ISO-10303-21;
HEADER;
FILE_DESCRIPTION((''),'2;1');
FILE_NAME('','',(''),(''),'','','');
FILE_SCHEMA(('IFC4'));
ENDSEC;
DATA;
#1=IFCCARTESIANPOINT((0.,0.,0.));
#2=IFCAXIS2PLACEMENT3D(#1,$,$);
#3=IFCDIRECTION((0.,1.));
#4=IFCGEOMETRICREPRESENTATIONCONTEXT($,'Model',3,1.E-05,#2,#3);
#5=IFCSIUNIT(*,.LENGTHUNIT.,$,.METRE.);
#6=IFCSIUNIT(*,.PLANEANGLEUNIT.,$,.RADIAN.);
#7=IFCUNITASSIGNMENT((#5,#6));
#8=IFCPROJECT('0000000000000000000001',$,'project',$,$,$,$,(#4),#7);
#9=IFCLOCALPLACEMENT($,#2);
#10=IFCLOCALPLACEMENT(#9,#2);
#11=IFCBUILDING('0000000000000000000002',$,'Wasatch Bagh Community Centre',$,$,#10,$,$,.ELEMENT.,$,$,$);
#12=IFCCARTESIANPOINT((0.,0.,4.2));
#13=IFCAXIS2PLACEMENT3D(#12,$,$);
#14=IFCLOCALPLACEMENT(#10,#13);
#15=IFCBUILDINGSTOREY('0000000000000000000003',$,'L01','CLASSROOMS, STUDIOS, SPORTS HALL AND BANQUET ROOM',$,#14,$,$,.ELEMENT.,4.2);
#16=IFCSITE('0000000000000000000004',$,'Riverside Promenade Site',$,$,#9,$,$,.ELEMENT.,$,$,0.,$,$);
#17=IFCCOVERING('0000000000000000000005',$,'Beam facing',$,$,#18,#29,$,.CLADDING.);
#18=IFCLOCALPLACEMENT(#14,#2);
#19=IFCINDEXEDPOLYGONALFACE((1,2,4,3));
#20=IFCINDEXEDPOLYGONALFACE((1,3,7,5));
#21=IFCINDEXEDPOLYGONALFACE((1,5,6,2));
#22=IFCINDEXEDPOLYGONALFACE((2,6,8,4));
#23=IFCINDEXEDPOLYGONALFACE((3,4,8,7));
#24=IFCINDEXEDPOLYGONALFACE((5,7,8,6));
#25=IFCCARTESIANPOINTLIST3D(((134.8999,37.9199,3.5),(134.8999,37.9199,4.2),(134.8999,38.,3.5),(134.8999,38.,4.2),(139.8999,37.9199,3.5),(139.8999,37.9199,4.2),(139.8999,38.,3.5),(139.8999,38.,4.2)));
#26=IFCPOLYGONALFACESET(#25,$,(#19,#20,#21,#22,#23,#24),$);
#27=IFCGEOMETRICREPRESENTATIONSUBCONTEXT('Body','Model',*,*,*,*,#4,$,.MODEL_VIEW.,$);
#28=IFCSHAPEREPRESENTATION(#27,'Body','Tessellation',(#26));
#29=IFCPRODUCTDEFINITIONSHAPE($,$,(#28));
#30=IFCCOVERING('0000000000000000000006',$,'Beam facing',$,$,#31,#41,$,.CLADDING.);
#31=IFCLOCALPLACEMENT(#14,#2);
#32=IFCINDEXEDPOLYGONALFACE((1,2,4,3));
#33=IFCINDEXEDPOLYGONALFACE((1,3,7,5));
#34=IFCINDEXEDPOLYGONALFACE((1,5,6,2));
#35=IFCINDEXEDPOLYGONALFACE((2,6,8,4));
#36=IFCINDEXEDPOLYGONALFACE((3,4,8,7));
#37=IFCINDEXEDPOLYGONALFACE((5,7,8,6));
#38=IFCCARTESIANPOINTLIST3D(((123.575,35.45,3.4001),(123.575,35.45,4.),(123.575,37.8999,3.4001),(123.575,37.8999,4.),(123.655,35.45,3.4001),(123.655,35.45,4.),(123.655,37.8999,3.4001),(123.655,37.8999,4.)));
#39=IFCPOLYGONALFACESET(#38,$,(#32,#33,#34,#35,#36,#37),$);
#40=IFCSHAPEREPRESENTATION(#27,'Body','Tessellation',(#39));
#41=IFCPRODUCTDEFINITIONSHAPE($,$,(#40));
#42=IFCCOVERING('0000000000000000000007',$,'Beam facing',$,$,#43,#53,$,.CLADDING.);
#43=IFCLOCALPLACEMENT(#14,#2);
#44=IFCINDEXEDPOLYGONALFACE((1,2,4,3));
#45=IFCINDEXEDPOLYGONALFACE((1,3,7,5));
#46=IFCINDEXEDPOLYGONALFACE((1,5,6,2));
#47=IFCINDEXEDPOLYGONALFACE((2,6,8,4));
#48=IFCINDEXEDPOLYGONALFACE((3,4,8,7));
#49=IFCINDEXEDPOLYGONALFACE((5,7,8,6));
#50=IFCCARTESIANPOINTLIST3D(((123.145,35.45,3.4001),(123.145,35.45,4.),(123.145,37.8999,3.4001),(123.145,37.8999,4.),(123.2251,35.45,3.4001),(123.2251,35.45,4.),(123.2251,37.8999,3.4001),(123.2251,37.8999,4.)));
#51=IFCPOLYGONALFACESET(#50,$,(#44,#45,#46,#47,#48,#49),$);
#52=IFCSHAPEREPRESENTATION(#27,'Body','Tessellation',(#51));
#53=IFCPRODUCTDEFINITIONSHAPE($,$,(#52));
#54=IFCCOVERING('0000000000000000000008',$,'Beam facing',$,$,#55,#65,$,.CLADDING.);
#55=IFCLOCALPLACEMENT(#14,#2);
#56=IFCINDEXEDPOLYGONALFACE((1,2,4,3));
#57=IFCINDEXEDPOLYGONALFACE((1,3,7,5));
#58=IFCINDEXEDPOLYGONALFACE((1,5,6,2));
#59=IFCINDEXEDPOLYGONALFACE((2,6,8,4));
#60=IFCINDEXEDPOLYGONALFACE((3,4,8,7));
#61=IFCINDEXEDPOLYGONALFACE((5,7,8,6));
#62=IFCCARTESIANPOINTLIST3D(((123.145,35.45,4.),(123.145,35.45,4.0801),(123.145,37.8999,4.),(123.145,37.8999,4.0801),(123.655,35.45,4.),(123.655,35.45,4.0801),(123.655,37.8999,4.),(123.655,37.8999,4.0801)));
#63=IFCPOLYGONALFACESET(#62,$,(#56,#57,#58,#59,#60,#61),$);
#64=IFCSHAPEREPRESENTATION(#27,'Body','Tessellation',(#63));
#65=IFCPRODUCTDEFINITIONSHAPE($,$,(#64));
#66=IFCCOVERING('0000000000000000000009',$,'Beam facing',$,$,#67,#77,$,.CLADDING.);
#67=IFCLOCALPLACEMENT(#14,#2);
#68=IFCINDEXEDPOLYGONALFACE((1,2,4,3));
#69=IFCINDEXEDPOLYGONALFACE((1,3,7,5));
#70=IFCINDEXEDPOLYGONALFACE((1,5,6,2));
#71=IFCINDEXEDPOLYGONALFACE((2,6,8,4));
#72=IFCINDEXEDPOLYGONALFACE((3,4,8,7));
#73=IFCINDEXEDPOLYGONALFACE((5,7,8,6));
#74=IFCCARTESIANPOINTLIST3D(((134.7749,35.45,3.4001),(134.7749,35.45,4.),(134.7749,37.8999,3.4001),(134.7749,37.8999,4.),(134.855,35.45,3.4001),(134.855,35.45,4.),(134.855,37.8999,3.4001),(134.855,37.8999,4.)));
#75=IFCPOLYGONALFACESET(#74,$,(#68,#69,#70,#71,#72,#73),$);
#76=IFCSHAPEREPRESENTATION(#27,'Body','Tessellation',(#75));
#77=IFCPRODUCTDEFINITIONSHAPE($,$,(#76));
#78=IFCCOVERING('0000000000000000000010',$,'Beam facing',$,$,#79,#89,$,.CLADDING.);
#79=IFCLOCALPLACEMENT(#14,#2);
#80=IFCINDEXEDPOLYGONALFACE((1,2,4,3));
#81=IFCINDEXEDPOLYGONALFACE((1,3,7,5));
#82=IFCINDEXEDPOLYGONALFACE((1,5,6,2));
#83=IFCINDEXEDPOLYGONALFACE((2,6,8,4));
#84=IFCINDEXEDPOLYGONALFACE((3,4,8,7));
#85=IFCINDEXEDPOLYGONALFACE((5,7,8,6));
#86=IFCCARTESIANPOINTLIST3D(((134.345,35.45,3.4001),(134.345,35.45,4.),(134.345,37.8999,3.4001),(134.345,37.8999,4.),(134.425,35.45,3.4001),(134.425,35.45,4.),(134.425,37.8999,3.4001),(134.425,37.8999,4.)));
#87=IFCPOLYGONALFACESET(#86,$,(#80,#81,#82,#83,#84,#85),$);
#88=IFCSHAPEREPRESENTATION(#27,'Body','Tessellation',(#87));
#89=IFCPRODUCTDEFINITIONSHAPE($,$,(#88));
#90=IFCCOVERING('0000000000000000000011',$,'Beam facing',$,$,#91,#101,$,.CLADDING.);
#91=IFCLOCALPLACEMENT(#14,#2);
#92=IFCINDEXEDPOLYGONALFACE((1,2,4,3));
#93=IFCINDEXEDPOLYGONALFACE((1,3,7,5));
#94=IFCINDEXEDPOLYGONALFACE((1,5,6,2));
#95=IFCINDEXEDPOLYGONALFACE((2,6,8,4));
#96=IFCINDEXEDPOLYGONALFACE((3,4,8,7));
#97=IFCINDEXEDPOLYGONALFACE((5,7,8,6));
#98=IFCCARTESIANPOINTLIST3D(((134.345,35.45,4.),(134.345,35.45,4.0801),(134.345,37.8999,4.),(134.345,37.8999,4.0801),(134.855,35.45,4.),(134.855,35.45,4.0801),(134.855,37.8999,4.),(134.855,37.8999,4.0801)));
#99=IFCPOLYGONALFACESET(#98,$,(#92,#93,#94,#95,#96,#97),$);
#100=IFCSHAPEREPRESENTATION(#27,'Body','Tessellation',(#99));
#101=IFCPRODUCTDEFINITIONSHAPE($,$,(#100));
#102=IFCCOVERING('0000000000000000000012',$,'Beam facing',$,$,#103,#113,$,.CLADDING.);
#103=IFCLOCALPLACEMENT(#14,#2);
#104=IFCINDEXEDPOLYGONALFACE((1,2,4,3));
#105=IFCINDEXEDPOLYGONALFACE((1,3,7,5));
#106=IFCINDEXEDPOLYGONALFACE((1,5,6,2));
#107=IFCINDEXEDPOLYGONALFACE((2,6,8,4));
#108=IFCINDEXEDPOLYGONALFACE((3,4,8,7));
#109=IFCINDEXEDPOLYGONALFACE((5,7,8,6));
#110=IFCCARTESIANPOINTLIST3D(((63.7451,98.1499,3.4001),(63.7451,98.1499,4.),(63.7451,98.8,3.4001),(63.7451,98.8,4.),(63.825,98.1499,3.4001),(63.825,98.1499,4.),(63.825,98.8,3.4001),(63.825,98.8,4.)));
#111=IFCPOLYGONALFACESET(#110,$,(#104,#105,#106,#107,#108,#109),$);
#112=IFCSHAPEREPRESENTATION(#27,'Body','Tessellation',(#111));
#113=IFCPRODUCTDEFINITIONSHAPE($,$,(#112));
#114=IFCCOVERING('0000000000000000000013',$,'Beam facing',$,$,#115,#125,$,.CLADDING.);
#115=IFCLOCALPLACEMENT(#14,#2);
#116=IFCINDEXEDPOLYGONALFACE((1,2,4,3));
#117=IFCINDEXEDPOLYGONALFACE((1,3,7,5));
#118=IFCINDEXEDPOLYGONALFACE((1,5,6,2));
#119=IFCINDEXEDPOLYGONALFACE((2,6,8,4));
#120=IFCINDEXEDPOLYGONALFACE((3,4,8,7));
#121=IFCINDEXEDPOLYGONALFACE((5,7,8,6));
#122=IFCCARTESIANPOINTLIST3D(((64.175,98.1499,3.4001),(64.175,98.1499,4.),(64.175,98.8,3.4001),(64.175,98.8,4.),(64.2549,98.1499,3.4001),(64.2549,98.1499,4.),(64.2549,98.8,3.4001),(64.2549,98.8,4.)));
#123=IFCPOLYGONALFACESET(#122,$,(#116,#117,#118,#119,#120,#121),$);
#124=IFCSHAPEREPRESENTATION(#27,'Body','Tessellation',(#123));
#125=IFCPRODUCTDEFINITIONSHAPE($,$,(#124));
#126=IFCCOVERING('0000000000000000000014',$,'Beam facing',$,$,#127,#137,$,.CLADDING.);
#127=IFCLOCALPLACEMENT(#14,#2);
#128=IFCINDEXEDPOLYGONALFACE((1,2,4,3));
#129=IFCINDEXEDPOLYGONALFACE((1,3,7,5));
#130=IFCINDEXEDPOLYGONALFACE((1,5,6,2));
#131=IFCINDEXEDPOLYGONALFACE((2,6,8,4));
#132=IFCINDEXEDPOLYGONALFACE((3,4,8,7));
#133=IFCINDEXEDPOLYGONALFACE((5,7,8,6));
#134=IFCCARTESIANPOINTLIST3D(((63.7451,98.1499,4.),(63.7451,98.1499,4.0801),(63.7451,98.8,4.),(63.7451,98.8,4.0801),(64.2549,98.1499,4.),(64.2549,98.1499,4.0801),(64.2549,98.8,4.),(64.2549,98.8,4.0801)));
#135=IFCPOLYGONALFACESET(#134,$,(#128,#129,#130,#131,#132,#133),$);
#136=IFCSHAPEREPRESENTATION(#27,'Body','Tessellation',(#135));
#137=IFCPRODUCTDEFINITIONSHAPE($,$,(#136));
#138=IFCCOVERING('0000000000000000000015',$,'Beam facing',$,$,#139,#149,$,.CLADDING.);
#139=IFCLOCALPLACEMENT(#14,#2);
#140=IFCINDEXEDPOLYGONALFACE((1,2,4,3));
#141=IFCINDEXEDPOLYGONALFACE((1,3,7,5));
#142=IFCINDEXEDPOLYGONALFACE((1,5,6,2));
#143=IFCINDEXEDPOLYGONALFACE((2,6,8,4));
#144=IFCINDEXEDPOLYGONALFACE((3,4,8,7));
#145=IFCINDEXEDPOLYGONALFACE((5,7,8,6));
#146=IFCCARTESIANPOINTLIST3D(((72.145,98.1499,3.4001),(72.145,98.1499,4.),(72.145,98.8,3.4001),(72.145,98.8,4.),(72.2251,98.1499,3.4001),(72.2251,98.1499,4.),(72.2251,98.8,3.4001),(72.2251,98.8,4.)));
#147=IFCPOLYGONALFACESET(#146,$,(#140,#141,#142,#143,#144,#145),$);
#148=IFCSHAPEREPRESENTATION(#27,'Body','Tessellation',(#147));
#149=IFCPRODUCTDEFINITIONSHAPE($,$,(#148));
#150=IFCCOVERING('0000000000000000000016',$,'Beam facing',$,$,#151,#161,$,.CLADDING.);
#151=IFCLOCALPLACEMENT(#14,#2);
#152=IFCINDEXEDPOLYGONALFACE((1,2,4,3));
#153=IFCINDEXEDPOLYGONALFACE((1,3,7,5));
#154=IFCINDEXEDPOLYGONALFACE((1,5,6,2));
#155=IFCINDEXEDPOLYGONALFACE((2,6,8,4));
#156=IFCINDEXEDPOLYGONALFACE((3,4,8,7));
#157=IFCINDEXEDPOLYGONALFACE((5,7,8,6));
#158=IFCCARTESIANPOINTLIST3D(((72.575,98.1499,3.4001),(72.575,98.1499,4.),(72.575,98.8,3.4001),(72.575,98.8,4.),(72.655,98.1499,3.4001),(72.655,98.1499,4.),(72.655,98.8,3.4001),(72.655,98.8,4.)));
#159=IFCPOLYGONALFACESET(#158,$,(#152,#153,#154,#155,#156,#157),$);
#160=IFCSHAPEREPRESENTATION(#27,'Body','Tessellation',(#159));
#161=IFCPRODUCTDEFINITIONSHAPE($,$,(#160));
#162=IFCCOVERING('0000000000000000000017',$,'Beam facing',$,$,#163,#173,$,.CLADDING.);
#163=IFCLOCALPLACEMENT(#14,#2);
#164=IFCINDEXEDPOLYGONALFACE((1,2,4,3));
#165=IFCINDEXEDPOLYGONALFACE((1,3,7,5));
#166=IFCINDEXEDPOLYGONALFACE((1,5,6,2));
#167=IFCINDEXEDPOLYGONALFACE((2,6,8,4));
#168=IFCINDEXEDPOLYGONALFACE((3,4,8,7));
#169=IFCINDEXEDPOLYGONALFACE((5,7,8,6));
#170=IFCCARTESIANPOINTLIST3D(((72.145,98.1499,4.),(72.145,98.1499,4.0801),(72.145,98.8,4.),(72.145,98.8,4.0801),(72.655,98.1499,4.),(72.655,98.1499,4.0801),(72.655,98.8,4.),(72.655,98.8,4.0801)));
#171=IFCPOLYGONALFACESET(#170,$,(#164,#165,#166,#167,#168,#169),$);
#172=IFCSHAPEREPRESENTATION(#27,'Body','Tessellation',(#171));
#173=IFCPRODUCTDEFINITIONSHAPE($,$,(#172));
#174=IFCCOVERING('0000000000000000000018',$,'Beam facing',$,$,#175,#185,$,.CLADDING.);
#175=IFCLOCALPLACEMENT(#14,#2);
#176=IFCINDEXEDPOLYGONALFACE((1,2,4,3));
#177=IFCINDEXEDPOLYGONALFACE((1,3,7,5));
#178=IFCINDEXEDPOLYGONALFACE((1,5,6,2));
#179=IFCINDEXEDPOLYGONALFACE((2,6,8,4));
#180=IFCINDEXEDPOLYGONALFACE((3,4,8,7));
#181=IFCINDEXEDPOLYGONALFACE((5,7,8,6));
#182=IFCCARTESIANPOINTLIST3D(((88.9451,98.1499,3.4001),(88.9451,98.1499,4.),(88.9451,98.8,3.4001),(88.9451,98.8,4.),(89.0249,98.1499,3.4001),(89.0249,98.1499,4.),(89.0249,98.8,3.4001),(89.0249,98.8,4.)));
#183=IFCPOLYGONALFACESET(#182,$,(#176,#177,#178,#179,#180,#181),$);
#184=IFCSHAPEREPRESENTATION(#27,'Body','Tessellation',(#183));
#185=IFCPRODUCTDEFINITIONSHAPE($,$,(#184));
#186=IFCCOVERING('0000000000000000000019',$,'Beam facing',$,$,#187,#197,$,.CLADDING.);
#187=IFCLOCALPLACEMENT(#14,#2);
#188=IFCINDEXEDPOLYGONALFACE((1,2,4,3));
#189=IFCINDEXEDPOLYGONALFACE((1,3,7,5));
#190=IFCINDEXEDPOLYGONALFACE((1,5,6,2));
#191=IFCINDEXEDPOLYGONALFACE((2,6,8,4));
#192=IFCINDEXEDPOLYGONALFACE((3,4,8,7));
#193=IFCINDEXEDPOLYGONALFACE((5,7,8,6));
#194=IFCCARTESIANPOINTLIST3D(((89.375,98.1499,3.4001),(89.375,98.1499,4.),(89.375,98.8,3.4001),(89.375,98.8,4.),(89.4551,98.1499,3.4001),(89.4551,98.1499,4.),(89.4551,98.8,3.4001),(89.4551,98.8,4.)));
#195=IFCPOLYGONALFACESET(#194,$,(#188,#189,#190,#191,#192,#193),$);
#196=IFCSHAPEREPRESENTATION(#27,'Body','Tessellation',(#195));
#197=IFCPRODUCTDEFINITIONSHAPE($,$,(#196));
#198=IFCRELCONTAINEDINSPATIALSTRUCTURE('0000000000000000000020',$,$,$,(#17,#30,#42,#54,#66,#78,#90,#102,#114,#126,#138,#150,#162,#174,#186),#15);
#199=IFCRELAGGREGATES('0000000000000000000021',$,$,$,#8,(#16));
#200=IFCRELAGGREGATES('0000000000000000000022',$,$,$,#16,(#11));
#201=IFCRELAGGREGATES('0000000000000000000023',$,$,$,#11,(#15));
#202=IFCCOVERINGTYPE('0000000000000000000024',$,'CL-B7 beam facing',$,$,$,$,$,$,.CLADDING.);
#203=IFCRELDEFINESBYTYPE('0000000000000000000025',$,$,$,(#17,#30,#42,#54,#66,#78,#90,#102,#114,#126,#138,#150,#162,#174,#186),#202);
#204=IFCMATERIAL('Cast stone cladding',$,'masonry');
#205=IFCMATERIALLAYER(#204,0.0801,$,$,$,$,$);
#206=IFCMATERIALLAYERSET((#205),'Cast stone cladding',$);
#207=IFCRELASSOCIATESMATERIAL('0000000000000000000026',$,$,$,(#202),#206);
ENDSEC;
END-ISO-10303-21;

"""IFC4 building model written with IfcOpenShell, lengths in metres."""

from ifc_helpers import new_model, si_unit, direction, frame, origin, place, context, subcontext, project, spatial, polyline, outline, extrude, material, layer, layer_set, type_object, element, save


model = new_model("IFC4")

# Units and contexts
model_context = context("Model", 3, precision=1e-05, world=origin(), true_north=direction((0.0, 1.0)))
body_context = subcontext(model_context, "Body", "Model", "MODEL_VIEW")
ifc_project = project(units=[si_unit("LENGTHUNIT", "METRE"), si_unit("PLANEANGLEUNIT", "RADIAN")], contexts=[model_context])

# Site, building, storey
site_placement = place(None, origin())
site = spatial("IfcSite", under=ifc_project, at=site_placement, Name="Riverside Promenade Site", CompositionType="ELEMENT", RefElevation=0.0)
building_placement = place(site_placement, origin())
building = spatial("IfcBuilding", under=site, at=building_placement, Name="Wasatch Bagh Community Centre", CompositionType="ELEMENT")
storey_placement = place(building_placement, frame((0.0, 0.0, 4.2)))
storey = spatial("IfcBuildingStorey", under=building, at=storey_placement, Name="L01", Description="CLASSROOMS, STUDIOS, SPORTS HALL AND BANQUET ROOM", CompositionType="ELEMENT", Elevation=4.2)

# Coverings
ifc_material = material(Name="Cast stone cladding", Category="masonry")
ifc_layer = layer(ifc_material, 0.0801)
ifc_layer_set = layer_set([ifc_layer], Name="Cast stone cladding")
covering_type = type_object("IfcCoveringType", Name="CL-B7 beam facing", PredefinedType="CLADDING", material=ifc_layer_set)
covering_1_placement = place(storey_placement, frame((0.0, 0.0, 3.5)))
element("IfcCovering", 1, at=covering_1_placement, inside=storey, type_object=covering_type, Name="Beam facing", PredefinedType="CLADDING", context=body_context, shape_type="SweptSolid", body=[
    extrude(outline(polyline([(134.8999, 38.0), (139.8999, 38.0), (139.8999, 37.9199), (134.8999, 37.9199), (134.8999, 38.0)])), origin(), (0.0, 0.0, 1.0), 0.7),
])
covering_2_placement = place(storey_placement, frame((0.0, 0.0, 3.4001)))
element("IfcCovering", 2, at=covering_2_placement, inside=storey, type_object=covering_type, Name="Beam facing", PredefinedType="CLADDING", context=body_context, shape_type="SweptSolid", body=[
    extrude(outline(polyline([(123.575, 37.8999), (123.575, 35.45), (123.655, 35.45), (123.655, 37.8999), (123.575, 37.8999)])), origin(), (0.0, 0.0, 1.0), 0.5999),
])
covering_3_placement = place(storey_placement, frame((0.0, 0.0, 3.4001)))
element("IfcCovering", 3, at=covering_3_placement, inside=storey, type_object=covering_type, Name="Beam facing", PredefinedType="CLADDING", context=body_context, shape_type="SweptSolid", body=[
    extrude(outline(polyline([(123.2251, 37.8999), (123.2251, 35.45), (123.145, 35.45), (123.145, 37.8999), (123.2251, 37.8999)])), origin(), (0.0, 0.0, 1.0), 0.5999),
])
covering_4_placement = place(storey_placement, frame((0.0, 0.0, 4.0)))
element("IfcCovering", 4, at=covering_4_placement, inside=storey, type_object=covering_type, Name="Beam facing", PredefinedType="CLADDING", context=body_context, shape_type="SweptSolid", body=[
    extrude(outline(polyline([(123.145, 37.8999), (123.145, 35.45), (123.655, 35.45), (123.655, 37.8999), (123.145, 37.8999)])), origin(), (0.0, 0.0, 1.0), 0.0801),
])
covering_5_placement = place(storey_placement, frame((0.0, 0.0, 3.4001)))
element("IfcCovering", 5, at=covering_5_placement, inside=storey, type_object=covering_type, Name="Beam facing", PredefinedType="CLADDING", context=body_context, shape_type="SweptSolid", body=[
    extrude(outline(polyline([(134.7749, 37.8999), (134.7749, 35.45), (134.855, 35.45), (134.855, 37.8999), (134.7749, 37.8999)])), origin(), (0.0, 0.0, 1.0), 0.5999),
])
covering_6_placement = place(storey_placement, frame((0.0, 0.0, 3.4001)))
element("IfcCovering", 6, at=covering_6_placement, inside=storey, type_object=covering_type, Name="Beam facing", PredefinedType="CLADDING", context=body_context, shape_type="SweptSolid", body=[
    extrude(outline(polyline([(134.425, 37.8999), (134.425, 35.45), (134.345, 35.45), (134.345, 37.8999), (134.425, 37.8999)])), origin(), (0.0, 0.0, 1.0), 0.5999),
])
covering_7_placement = place(storey_placement, frame((0.0, 0.0, 4.0)))
element("IfcCovering", 7, at=covering_7_placement, inside=storey, type_object=covering_type, Name="Beam facing", PredefinedType="CLADDING", context=body_context, shape_type="SweptSolid", body=[
    extrude(outline(polyline([(134.345, 37.8999), (134.345, 35.45), (134.855, 35.45), (134.855, 37.8999), (134.345, 37.8999)])), origin(), (0.0, 0.0, 1.0), 0.0801),
])
covering_8_placement = place(storey_placement, frame((0.0, 0.0, 3.4001)))
element("IfcCovering", 8, at=covering_8_placement, inside=storey, type_object=covering_type, Name="Beam facing", PredefinedType="CLADDING", context=body_context, shape_type="SweptSolid", body=[
    extrude(outline(polyline([(63.825, 98.1499), (63.825, 98.8), (63.7451, 98.8), (63.7451, 98.1499), (63.825, 98.1499)])), origin(), (0.0, 0.0, 1.0), 0.5999),
])
covering_9_placement = place(storey_placement, frame((0.0, 0.0, 3.4001)))
element("IfcCovering", 9, at=covering_9_placement, inside=storey, type_object=covering_type, Name="Beam facing", PredefinedType="CLADDING", context=body_context, shape_type="SweptSolid", body=[
    extrude(outline(polyline([(64.175, 98.1499), (64.175, 98.8), (64.2549, 98.8), (64.2549, 98.1499), (64.175, 98.1499)])), origin(), (0.0, 0.0, 1.0), 0.5999),
])
covering_10_placement = place(storey_placement, frame((0.0, 0.0, 4.0)))
element("IfcCovering", 10, at=covering_10_placement, inside=storey, type_object=covering_type, Name="Beam facing", PredefinedType="CLADDING", context=body_context, shape_type="SweptSolid", body=[
    extrude(outline(polyline([(64.2549, 98.1499), (64.2549, 98.8), (63.7451, 98.8), (63.7451, 98.1499), (64.2549, 98.1499)])), origin(), (0.0, 0.0, 1.0), 0.0801),
])
covering_11_placement = place(storey_placement, frame((0.0, 0.0, 3.4001)))
element("IfcCovering", 11, at=covering_11_placement, inside=storey, type_object=covering_type, Name="Beam facing", PredefinedType="CLADDING", context=body_context, shape_type="SweptSolid", body=[
    extrude(outline(polyline([(72.2251, 98.1499), (72.2251, 98.8), (72.145, 98.8), (72.145, 98.1499), (72.2251, 98.1499)])), origin(), (0.0, 0.0, 1.0), 0.5999),
])
covering_12_placement = place(storey_placement, frame((0.0, 0.0, 3.4001)))
element("IfcCovering", 12, at=covering_12_placement, inside=storey, type_object=covering_type, Name="Beam facing", PredefinedType="CLADDING", context=body_context, shape_type="SweptSolid", body=[
    extrude(outline(polyline([(72.575, 98.1499), (72.575, 98.8), (72.655, 98.8), (72.655, 98.1499), (72.575, 98.1499)])), origin(), (0.0, 0.0, 1.0), 0.5999),
])
covering_13_placement = place(storey_placement, frame((0.0, 0.0, 4.0)))
element("IfcCovering", 13, at=covering_13_placement, inside=storey, type_object=covering_type, Name="Beam facing", PredefinedType="CLADDING", context=body_context, shape_type="SweptSolid", body=[
    extrude(outline(polyline([(72.655, 98.1499), (72.655, 98.8), (72.145, 98.8), (72.145, 98.1499), (72.655, 98.1499)])), origin(), (0.0, 0.0, 1.0), 0.0801),
])
covering_14_placement = place(storey_placement, frame((0.0, 0.0, 3.4001)))
element("IfcCovering", 14, at=covering_14_placement, inside=storey, type_object=covering_type, Name="Beam facing", PredefinedType="CLADDING", context=body_context, shape_type="SweptSolid", body=[
    extrude(outline(polyline([(89.0249, 98.1499), (89.0249, 98.8), (88.9451, 98.8), (88.9451, 98.1499), (89.0249, 98.1499)])), origin(), (0.0, 0.0, 1.0), 0.5999),
])
covering_15_placement = place(storey_placement, frame((0.0, 0.0, 3.4001)))
element("IfcCovering", 15, at=covering_15_placement, inside=storey, type_object=covering_type, Name="Beam facing", PredefinedType="CLADDING", context=body_context, shape_type="SweptSolid", body=[
    extrude(outline(polyline([(89.375, 98.1499), (89.375, 98.8), (89.4551, 98.8), (89.4551, 98.1499), (89.375, 98.1499)])), origin(), (0.0, 0.0, 1.0), 0.5999),
])

save(model, "model.ifc")
